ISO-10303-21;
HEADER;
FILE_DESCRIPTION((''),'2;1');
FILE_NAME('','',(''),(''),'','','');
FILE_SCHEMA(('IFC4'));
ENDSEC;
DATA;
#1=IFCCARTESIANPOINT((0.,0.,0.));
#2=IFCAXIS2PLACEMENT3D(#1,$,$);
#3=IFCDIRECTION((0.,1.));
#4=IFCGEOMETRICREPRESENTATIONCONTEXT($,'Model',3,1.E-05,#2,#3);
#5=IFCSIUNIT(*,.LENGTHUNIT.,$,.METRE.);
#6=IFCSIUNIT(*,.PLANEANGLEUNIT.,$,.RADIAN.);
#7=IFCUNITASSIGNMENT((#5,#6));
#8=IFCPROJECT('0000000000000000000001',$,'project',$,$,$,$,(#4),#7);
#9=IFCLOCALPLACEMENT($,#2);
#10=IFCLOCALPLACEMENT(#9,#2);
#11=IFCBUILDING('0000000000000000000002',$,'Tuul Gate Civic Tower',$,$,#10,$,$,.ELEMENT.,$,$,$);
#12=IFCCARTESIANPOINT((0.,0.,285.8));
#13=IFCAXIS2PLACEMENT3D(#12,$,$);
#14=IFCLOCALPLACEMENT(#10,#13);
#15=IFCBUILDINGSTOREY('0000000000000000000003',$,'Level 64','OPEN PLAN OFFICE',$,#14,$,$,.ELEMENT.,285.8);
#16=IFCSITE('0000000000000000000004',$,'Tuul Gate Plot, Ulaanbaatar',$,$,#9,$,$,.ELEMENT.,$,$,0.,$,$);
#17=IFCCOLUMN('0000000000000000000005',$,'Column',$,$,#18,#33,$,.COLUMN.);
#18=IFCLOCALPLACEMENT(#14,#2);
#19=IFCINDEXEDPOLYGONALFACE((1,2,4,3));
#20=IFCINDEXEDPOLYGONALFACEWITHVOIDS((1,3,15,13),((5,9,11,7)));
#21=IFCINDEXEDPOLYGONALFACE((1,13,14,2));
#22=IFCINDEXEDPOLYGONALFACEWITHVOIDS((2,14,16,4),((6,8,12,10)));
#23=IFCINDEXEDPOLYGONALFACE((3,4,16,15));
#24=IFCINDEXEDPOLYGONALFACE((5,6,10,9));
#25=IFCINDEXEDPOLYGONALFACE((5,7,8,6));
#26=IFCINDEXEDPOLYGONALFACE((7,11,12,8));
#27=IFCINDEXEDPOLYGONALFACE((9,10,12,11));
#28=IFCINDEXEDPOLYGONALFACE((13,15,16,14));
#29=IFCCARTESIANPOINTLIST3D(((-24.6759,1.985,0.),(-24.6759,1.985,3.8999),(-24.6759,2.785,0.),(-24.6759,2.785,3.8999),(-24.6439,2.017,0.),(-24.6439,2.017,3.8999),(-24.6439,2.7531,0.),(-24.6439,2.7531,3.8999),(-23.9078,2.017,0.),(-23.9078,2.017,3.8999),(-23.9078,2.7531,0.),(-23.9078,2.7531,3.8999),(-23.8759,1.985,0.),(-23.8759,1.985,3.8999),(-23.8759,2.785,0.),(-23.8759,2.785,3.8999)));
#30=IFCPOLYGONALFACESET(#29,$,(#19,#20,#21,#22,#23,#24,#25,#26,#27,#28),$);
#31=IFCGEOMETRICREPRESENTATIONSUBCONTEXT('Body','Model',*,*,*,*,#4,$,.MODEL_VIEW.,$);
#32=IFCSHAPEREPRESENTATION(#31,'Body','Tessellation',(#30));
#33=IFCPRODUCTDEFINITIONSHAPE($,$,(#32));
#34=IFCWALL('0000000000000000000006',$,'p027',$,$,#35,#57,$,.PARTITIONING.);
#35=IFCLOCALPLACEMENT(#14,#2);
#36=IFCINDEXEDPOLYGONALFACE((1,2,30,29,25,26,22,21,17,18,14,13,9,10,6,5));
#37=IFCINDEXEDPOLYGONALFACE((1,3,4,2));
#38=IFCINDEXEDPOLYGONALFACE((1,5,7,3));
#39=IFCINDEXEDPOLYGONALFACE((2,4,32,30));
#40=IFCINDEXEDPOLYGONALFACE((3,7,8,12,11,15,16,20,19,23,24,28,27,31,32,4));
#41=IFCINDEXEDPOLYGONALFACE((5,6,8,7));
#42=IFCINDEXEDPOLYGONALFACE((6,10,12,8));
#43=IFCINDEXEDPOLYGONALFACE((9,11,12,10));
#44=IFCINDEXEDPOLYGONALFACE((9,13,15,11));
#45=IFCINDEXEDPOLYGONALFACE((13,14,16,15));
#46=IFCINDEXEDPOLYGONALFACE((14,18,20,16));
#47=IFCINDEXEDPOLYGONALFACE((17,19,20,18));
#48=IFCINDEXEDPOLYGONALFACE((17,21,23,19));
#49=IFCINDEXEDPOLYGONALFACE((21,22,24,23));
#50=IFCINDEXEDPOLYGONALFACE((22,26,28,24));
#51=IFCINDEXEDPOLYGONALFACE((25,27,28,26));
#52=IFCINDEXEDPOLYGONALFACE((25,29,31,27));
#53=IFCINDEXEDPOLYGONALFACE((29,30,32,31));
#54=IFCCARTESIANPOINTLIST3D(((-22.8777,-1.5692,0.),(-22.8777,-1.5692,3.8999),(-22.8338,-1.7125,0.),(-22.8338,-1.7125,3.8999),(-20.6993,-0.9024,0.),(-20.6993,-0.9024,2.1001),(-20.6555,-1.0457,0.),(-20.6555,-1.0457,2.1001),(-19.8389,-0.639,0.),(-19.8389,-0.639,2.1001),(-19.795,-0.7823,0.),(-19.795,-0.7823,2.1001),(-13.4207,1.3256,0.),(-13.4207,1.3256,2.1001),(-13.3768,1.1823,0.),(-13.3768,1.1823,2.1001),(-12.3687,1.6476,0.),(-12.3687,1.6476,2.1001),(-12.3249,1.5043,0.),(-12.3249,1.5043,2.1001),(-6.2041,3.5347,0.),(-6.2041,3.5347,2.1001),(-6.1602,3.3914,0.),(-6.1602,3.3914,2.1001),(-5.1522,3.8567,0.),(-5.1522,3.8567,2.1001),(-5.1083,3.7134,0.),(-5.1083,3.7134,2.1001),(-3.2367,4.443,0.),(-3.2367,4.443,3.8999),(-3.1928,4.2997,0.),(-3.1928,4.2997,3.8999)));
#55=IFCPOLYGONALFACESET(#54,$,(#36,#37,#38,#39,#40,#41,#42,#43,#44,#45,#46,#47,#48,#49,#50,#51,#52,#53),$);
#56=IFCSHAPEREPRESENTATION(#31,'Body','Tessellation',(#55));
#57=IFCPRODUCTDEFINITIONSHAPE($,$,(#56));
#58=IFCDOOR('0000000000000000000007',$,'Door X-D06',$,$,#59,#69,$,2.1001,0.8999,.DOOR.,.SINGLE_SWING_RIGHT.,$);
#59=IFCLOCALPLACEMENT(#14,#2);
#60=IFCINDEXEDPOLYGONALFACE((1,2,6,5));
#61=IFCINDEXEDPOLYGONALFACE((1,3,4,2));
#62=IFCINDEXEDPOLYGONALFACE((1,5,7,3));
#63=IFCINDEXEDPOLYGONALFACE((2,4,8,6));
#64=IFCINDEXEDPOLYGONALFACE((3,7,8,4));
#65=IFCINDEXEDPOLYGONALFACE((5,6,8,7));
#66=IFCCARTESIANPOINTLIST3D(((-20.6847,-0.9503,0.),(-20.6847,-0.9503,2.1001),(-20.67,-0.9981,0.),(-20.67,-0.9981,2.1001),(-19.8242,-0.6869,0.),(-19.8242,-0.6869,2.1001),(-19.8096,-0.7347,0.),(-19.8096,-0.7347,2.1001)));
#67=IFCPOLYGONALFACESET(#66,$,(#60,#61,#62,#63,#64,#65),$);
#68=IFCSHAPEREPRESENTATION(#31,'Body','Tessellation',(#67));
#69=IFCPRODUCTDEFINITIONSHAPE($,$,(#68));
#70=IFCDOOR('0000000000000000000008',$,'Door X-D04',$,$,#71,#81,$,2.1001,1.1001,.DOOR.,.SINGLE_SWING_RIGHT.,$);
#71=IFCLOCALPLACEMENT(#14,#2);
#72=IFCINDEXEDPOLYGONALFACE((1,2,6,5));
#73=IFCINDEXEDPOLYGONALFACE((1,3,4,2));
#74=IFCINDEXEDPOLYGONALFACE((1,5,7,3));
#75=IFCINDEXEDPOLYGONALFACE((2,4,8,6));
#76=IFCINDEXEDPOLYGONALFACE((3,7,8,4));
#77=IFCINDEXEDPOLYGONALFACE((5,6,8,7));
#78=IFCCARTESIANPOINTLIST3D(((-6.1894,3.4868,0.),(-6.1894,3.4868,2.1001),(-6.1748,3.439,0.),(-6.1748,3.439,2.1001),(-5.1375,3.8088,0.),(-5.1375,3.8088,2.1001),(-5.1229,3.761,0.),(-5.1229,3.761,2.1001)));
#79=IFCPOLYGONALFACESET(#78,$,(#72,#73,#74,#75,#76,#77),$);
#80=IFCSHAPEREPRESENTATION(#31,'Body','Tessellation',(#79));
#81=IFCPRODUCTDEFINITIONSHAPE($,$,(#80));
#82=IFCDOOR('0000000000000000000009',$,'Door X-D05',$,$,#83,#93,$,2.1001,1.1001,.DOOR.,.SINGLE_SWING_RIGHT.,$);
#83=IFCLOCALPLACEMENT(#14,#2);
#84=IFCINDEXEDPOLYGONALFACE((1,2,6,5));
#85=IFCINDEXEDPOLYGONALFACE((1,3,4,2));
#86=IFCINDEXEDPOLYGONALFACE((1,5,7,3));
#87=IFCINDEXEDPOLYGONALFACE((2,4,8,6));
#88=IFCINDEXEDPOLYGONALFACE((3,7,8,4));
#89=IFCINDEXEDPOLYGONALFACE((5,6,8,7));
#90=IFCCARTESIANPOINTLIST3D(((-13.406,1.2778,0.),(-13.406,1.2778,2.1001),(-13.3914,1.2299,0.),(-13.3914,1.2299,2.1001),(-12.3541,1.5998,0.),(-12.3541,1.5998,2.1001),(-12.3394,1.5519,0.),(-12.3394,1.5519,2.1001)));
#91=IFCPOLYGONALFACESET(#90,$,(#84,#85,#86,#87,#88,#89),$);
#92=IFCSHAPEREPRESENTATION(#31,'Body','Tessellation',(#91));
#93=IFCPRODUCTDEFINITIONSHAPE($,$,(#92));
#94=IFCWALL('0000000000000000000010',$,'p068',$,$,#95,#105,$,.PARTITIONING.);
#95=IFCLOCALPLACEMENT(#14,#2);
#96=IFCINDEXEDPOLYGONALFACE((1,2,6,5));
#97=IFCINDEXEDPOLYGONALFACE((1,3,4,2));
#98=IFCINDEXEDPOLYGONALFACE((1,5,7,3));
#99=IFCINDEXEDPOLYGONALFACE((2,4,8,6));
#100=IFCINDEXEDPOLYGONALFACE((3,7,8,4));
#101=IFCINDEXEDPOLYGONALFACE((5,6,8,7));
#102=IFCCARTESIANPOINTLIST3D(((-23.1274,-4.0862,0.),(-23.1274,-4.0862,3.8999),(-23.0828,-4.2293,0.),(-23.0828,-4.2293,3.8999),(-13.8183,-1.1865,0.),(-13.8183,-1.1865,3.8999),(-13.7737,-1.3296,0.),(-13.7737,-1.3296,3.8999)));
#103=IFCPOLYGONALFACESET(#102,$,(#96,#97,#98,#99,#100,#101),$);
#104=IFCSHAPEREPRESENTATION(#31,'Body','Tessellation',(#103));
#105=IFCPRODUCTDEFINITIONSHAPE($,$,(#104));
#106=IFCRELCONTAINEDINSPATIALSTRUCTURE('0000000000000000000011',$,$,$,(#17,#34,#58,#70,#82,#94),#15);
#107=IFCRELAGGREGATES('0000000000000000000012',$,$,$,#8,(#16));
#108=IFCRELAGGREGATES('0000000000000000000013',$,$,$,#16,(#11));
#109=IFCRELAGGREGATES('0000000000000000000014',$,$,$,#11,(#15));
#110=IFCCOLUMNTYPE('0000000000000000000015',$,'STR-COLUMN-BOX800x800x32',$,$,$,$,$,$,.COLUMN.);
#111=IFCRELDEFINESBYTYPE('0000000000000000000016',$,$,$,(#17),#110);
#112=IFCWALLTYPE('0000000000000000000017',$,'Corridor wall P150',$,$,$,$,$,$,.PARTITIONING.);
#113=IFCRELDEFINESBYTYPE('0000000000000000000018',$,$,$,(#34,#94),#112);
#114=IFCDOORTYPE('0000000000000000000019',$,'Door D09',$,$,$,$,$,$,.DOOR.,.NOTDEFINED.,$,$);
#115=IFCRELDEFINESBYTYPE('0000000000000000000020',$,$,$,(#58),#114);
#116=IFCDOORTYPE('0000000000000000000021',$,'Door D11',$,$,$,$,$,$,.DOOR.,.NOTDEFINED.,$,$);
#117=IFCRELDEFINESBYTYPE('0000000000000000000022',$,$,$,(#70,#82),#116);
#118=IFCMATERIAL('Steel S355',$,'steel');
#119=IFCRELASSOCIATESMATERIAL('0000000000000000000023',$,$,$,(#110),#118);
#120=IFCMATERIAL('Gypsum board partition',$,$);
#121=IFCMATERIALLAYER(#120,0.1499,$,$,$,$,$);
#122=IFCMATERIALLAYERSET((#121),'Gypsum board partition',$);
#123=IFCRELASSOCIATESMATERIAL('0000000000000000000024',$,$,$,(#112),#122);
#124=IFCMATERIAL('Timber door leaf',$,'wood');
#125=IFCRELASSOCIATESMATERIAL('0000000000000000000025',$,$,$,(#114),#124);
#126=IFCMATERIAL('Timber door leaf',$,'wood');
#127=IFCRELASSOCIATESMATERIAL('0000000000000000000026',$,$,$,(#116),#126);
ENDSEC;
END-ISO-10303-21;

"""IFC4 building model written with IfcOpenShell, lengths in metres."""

from ifc_helpers import new_model, si_unit, direction, frame, frame_2d, origin, origin_2d, place, context, subcontext, project, spatial, rectangle, hollow_rectangle, extrude, material, layer, layer_set, material_profile, profile_set, type_object, element, fill, save


model = new_model("IFC4")

# Units and contexts
model_context = context("Model", 3, precision=1e-05, world=origin(), true_north=direction((0.0, 1.0)))
body_context = subcontext(model_context, "Body", "Model", "MODEL_VIEW")
ifc_project = project(units=[si_unit("LENGTHUNIT", "METRE"), si_unit("PLANEANGLEUNIT", "RADIAN")], contexts=[model_context])

# Site, building, storey
site_placement = place(None, origin())
site = spatial("IfcSite", under=ifc_project, at=site_placement, Name="Tuul Gate Plot, Ulaanbaatar", CompositionType="ELEMENT", RefElevation=0.0)
building_placement = place(site_placement, origin())
building = spatial("IfcBuilding", under=site, at=building_placement, Name="Tuul Gate Civic Tower", CompositionType="ELEMENT")
storey_placement = place(building_placement, frame((0.0, 0.0, 285.8)))
storey = spatial("IfcBuildingStorey", under=building, at=storey_placement, Name="Level 64", Description="OPEN PLAN OFFICE", CompositionType="ELEMENT", Elevation=285.8)

# Column
ifc_material_1 = material(Name="Steel S355", Category="steel")
ifc_material_profile_1 = material_profile(ifc_material_1, hollow_rectangle(XDim=0.8, YDim=0.8, WallThickness=0.032, at=origin_2d()), Name="BOX800x800x32")
ifc_profile_set_1 = profile_set([ifc_material_profile_1], Name="Steel S355")
column_type = type_object("IfcColumnType", Name="STR-COLUMN-BOX800x800x32", PredefinedType="COLUMN", material=ifc_profile_set_1)
column_placement = place(storey_placement, frame((-24.2759, 2.385, 0.0), z_axis=(0.0, 0.0, 1.0), x_axis=(1.0, 0.0, 0.0)))
element("IfcColumn", 1, at=column_placement, inside=storey, type_object=column_type, Name="Column", PredefinedType="COLUMN", context=body_context, shape_type="SweptSolid", body=[
    extrude(hollow_rectangle(XDim=0.8, YDim=0.8, WallThickness=0.032, at=origin_2d()), origin(), (0.0, 0.0, 1.0), 3.8999),
])

# Wall, openings, doors
ifc_material_2 = material(Name="Gypsum board partition")
ifc_layer_1 = layer(ifc_material_2, 0.1499)
ifc_layer_set_1 = layer_set([ifc_layer_1], Name="Gypsum board partition")
wall_type_1 = type_object("IfcWallType", Name="Corridor wall P150", PredefinedType="PARTITIONING", material=ifc_layer_set_1)
wall_1_placement = place(storey_placement, frame((-22.8557, -1.6409, 0.0), z_axis=(0.0, 0.0, 1.0), x_axis=(0.956204, 0.292701, 0.0)))
wall_1 = element("IfcWall", 2, at=wall_1_placement, inside=storey, type_object=wall_type_1, Name="p027", PredefinedType="PARTITIONING", context=body_context, shape_type="SweptSolid", body=[
    extrude(rectangle(XDim=20.5405, YDim=0.1499, at=frame_2d((10.2703, 0.0))), origin(), (0.0, 0.0, 1.0), 3.8999),
])
opening_1_placement = place(wall_1_placement, frame((17.4373, 0.0, 0.0)))
opening_1 = element("IfcOpeningElement", 3, at=opening_1_placement, cuts=wall_1, PredefinedType="OPENING", context=body_context, shape_type="SweptSolid", body=[
    extrude(rectangle(XDim=1.1001, YDim=2.1001, at=frame_2d((0.55, 1.05))), frame((0.0, 0.085, 0.0), z_axis=(0.0, -1.0, 0.0), x_axis=(1.0, 0.0, 0.0)), (0.0, 0.0, 1.0), 0.1699),
])
opening_2_placement = place(wall_1_placement, frame((9.8901, 0.0, 0.0)))
opening_2 = element("IfcOpeningElement", 4, at=opening_2_placement, cuts=wall_1, PredefinedType="OPENING", context=body_context, shape_type="SweptSolid", body=[
    extrude(rectangle(XDim=1.1001, YDim=2.1001, at=frame_2d((0.55, 1.05))), frame((0.0, 0.085, 0.0), z_axis=(0.0, -1.0, 0.0), x_axis=(1.0, 0.0, 0.0)), (0.0, 0.0, 1.0), 0.1699),
])
opening_3_placement = place(wall_1_placement, frame((2.2781, 0.0, 0.0)))
opening_3 = element("IfcOpeningElement", 5, at=opening_3_placement, cuts=wall_1, PredefinedType="OPENING", context=body_context, shape_type="SweptSolid", body=[
    extrude(rectangle(XDim=0.8999, YDim=2.1001, at=frame_2d((0.45, 1.05))), frame((0.0, 0.085, 0.0), z_axis=(0.0, -1.0, 0.0), x_axis=(1.0, 0.0, 0.0)), (0.0, 0.0, 1.0), 0.1699),
])
ifc_material_3 = material(Name="Timber door leaf", Category="wood")
door_type_1 = type_object("IfcDoorType", Name="Door D09", OperationType="NOTDEFINED", PredefinedType="DOOR", material=ifc_material_3)
door_1_placement = place(opening_3_placement, origin())
door_1 = element("IfcDoor", 6, at=door_1_placement, inside=storey, type_object=door_type_1, Name="Door X-D06", OperationType="SINGLE_SWING_RIGHT", OverallHeight=2.1001, OverallWidth=0.8999, PredefinedType="DOOR", context=body_context, shape_type="SweptSolid", body=[
    extrude(rectangle(XDim=0.8999, YDim=2.1001, at=frame_2d((0.45, 1.05))), frame((0.0, 0.0249, 0.0), z_axis=(0.0, -1.0, 0.0), x_axis=(1.0, 0.0, 0.0)), (0.0, 0.0, 1.0), 0.05),
])
fill(opening_3, door_1)
ifc_material_4 = material(Name="Timber door leaf", Category="wood")
door_type_2 = type_object("IfcDoorType", Name="Door D11", OperationType="NOTDEFINED", PredefinedType="DOOR", material=ifc_material_4)
door_2_placement = place(opening_1_placement, origin())
door_2 = element("IfcDoor", 7, at=door_2_placement, inside=storey, type_object=door_type_2, Name="Door X-D04", OperationType="SINGLE_SWING_RIGHT", OverallHeight=2.1001, OverallWidth=1.1001, PredefinedType="DOOR", context=body_context, shape_type="SweptSolid", body=[
    extrude(rectangle(XDim=1.1001, YDim=2.1001, at=frame_2d((0.55, 1.05))), frame((0.0, 0.0249, 0.0), z_axis=(0.0, -1.0, 0.0), x_axis=(1.0, 0.0, 0.0)), (0.0, 0.0, 1.0), 0.05),
])
fill(opening_1, door_2)
door_3_placement = place(opening_2_placement, origin())
door_3 = element("IfcDoor", 8, at=door_3_placement, inside=storey, type_object=door_type_2, Name="Door X-D05", OperationType="SINGLE_SWING_RIGHT", OverallHeight=2.1001, OverallWidth=1.1001, PredefinedType="DOOR", context=body_context, shape_type="SweptSolid", body=[
    extrude(rectangle(XDim=1.1001, YDim=2.1001, at=frame_2d((0.55, 1.05))), frame((0.0, 0.0249, 0.0), z_axis=(0.0, -1.0, 0.0), x_axis=(1.0, 0.0, 0.0)), (0.0, 0.0, 1.0), 0.05),
])
fill(opening_2, door_3)

# Wall
wall_2_placement = place(storey_placement, frame((-23.105, -4.1577, 0.0), z_axis=(0.0, 0.0, 1.0), x_axis=(0.954755, 0.297394, 0.0)))
element("IfcWall", 9, at=wall_2_placement, inside=storey, type_object=wall_type_1, Name="p068", PredefinedType="PARTITIONING", context=body_context, shape_type="SweptSolid", body=[
    extrude(rectangle(XDim=9.7502, YDim=0.1499, at=frame_2d((4.875, 0.0))), origin(), (0.0, 0.0, 1.0), 3.8999),
])

save(model, "model.ifc")
